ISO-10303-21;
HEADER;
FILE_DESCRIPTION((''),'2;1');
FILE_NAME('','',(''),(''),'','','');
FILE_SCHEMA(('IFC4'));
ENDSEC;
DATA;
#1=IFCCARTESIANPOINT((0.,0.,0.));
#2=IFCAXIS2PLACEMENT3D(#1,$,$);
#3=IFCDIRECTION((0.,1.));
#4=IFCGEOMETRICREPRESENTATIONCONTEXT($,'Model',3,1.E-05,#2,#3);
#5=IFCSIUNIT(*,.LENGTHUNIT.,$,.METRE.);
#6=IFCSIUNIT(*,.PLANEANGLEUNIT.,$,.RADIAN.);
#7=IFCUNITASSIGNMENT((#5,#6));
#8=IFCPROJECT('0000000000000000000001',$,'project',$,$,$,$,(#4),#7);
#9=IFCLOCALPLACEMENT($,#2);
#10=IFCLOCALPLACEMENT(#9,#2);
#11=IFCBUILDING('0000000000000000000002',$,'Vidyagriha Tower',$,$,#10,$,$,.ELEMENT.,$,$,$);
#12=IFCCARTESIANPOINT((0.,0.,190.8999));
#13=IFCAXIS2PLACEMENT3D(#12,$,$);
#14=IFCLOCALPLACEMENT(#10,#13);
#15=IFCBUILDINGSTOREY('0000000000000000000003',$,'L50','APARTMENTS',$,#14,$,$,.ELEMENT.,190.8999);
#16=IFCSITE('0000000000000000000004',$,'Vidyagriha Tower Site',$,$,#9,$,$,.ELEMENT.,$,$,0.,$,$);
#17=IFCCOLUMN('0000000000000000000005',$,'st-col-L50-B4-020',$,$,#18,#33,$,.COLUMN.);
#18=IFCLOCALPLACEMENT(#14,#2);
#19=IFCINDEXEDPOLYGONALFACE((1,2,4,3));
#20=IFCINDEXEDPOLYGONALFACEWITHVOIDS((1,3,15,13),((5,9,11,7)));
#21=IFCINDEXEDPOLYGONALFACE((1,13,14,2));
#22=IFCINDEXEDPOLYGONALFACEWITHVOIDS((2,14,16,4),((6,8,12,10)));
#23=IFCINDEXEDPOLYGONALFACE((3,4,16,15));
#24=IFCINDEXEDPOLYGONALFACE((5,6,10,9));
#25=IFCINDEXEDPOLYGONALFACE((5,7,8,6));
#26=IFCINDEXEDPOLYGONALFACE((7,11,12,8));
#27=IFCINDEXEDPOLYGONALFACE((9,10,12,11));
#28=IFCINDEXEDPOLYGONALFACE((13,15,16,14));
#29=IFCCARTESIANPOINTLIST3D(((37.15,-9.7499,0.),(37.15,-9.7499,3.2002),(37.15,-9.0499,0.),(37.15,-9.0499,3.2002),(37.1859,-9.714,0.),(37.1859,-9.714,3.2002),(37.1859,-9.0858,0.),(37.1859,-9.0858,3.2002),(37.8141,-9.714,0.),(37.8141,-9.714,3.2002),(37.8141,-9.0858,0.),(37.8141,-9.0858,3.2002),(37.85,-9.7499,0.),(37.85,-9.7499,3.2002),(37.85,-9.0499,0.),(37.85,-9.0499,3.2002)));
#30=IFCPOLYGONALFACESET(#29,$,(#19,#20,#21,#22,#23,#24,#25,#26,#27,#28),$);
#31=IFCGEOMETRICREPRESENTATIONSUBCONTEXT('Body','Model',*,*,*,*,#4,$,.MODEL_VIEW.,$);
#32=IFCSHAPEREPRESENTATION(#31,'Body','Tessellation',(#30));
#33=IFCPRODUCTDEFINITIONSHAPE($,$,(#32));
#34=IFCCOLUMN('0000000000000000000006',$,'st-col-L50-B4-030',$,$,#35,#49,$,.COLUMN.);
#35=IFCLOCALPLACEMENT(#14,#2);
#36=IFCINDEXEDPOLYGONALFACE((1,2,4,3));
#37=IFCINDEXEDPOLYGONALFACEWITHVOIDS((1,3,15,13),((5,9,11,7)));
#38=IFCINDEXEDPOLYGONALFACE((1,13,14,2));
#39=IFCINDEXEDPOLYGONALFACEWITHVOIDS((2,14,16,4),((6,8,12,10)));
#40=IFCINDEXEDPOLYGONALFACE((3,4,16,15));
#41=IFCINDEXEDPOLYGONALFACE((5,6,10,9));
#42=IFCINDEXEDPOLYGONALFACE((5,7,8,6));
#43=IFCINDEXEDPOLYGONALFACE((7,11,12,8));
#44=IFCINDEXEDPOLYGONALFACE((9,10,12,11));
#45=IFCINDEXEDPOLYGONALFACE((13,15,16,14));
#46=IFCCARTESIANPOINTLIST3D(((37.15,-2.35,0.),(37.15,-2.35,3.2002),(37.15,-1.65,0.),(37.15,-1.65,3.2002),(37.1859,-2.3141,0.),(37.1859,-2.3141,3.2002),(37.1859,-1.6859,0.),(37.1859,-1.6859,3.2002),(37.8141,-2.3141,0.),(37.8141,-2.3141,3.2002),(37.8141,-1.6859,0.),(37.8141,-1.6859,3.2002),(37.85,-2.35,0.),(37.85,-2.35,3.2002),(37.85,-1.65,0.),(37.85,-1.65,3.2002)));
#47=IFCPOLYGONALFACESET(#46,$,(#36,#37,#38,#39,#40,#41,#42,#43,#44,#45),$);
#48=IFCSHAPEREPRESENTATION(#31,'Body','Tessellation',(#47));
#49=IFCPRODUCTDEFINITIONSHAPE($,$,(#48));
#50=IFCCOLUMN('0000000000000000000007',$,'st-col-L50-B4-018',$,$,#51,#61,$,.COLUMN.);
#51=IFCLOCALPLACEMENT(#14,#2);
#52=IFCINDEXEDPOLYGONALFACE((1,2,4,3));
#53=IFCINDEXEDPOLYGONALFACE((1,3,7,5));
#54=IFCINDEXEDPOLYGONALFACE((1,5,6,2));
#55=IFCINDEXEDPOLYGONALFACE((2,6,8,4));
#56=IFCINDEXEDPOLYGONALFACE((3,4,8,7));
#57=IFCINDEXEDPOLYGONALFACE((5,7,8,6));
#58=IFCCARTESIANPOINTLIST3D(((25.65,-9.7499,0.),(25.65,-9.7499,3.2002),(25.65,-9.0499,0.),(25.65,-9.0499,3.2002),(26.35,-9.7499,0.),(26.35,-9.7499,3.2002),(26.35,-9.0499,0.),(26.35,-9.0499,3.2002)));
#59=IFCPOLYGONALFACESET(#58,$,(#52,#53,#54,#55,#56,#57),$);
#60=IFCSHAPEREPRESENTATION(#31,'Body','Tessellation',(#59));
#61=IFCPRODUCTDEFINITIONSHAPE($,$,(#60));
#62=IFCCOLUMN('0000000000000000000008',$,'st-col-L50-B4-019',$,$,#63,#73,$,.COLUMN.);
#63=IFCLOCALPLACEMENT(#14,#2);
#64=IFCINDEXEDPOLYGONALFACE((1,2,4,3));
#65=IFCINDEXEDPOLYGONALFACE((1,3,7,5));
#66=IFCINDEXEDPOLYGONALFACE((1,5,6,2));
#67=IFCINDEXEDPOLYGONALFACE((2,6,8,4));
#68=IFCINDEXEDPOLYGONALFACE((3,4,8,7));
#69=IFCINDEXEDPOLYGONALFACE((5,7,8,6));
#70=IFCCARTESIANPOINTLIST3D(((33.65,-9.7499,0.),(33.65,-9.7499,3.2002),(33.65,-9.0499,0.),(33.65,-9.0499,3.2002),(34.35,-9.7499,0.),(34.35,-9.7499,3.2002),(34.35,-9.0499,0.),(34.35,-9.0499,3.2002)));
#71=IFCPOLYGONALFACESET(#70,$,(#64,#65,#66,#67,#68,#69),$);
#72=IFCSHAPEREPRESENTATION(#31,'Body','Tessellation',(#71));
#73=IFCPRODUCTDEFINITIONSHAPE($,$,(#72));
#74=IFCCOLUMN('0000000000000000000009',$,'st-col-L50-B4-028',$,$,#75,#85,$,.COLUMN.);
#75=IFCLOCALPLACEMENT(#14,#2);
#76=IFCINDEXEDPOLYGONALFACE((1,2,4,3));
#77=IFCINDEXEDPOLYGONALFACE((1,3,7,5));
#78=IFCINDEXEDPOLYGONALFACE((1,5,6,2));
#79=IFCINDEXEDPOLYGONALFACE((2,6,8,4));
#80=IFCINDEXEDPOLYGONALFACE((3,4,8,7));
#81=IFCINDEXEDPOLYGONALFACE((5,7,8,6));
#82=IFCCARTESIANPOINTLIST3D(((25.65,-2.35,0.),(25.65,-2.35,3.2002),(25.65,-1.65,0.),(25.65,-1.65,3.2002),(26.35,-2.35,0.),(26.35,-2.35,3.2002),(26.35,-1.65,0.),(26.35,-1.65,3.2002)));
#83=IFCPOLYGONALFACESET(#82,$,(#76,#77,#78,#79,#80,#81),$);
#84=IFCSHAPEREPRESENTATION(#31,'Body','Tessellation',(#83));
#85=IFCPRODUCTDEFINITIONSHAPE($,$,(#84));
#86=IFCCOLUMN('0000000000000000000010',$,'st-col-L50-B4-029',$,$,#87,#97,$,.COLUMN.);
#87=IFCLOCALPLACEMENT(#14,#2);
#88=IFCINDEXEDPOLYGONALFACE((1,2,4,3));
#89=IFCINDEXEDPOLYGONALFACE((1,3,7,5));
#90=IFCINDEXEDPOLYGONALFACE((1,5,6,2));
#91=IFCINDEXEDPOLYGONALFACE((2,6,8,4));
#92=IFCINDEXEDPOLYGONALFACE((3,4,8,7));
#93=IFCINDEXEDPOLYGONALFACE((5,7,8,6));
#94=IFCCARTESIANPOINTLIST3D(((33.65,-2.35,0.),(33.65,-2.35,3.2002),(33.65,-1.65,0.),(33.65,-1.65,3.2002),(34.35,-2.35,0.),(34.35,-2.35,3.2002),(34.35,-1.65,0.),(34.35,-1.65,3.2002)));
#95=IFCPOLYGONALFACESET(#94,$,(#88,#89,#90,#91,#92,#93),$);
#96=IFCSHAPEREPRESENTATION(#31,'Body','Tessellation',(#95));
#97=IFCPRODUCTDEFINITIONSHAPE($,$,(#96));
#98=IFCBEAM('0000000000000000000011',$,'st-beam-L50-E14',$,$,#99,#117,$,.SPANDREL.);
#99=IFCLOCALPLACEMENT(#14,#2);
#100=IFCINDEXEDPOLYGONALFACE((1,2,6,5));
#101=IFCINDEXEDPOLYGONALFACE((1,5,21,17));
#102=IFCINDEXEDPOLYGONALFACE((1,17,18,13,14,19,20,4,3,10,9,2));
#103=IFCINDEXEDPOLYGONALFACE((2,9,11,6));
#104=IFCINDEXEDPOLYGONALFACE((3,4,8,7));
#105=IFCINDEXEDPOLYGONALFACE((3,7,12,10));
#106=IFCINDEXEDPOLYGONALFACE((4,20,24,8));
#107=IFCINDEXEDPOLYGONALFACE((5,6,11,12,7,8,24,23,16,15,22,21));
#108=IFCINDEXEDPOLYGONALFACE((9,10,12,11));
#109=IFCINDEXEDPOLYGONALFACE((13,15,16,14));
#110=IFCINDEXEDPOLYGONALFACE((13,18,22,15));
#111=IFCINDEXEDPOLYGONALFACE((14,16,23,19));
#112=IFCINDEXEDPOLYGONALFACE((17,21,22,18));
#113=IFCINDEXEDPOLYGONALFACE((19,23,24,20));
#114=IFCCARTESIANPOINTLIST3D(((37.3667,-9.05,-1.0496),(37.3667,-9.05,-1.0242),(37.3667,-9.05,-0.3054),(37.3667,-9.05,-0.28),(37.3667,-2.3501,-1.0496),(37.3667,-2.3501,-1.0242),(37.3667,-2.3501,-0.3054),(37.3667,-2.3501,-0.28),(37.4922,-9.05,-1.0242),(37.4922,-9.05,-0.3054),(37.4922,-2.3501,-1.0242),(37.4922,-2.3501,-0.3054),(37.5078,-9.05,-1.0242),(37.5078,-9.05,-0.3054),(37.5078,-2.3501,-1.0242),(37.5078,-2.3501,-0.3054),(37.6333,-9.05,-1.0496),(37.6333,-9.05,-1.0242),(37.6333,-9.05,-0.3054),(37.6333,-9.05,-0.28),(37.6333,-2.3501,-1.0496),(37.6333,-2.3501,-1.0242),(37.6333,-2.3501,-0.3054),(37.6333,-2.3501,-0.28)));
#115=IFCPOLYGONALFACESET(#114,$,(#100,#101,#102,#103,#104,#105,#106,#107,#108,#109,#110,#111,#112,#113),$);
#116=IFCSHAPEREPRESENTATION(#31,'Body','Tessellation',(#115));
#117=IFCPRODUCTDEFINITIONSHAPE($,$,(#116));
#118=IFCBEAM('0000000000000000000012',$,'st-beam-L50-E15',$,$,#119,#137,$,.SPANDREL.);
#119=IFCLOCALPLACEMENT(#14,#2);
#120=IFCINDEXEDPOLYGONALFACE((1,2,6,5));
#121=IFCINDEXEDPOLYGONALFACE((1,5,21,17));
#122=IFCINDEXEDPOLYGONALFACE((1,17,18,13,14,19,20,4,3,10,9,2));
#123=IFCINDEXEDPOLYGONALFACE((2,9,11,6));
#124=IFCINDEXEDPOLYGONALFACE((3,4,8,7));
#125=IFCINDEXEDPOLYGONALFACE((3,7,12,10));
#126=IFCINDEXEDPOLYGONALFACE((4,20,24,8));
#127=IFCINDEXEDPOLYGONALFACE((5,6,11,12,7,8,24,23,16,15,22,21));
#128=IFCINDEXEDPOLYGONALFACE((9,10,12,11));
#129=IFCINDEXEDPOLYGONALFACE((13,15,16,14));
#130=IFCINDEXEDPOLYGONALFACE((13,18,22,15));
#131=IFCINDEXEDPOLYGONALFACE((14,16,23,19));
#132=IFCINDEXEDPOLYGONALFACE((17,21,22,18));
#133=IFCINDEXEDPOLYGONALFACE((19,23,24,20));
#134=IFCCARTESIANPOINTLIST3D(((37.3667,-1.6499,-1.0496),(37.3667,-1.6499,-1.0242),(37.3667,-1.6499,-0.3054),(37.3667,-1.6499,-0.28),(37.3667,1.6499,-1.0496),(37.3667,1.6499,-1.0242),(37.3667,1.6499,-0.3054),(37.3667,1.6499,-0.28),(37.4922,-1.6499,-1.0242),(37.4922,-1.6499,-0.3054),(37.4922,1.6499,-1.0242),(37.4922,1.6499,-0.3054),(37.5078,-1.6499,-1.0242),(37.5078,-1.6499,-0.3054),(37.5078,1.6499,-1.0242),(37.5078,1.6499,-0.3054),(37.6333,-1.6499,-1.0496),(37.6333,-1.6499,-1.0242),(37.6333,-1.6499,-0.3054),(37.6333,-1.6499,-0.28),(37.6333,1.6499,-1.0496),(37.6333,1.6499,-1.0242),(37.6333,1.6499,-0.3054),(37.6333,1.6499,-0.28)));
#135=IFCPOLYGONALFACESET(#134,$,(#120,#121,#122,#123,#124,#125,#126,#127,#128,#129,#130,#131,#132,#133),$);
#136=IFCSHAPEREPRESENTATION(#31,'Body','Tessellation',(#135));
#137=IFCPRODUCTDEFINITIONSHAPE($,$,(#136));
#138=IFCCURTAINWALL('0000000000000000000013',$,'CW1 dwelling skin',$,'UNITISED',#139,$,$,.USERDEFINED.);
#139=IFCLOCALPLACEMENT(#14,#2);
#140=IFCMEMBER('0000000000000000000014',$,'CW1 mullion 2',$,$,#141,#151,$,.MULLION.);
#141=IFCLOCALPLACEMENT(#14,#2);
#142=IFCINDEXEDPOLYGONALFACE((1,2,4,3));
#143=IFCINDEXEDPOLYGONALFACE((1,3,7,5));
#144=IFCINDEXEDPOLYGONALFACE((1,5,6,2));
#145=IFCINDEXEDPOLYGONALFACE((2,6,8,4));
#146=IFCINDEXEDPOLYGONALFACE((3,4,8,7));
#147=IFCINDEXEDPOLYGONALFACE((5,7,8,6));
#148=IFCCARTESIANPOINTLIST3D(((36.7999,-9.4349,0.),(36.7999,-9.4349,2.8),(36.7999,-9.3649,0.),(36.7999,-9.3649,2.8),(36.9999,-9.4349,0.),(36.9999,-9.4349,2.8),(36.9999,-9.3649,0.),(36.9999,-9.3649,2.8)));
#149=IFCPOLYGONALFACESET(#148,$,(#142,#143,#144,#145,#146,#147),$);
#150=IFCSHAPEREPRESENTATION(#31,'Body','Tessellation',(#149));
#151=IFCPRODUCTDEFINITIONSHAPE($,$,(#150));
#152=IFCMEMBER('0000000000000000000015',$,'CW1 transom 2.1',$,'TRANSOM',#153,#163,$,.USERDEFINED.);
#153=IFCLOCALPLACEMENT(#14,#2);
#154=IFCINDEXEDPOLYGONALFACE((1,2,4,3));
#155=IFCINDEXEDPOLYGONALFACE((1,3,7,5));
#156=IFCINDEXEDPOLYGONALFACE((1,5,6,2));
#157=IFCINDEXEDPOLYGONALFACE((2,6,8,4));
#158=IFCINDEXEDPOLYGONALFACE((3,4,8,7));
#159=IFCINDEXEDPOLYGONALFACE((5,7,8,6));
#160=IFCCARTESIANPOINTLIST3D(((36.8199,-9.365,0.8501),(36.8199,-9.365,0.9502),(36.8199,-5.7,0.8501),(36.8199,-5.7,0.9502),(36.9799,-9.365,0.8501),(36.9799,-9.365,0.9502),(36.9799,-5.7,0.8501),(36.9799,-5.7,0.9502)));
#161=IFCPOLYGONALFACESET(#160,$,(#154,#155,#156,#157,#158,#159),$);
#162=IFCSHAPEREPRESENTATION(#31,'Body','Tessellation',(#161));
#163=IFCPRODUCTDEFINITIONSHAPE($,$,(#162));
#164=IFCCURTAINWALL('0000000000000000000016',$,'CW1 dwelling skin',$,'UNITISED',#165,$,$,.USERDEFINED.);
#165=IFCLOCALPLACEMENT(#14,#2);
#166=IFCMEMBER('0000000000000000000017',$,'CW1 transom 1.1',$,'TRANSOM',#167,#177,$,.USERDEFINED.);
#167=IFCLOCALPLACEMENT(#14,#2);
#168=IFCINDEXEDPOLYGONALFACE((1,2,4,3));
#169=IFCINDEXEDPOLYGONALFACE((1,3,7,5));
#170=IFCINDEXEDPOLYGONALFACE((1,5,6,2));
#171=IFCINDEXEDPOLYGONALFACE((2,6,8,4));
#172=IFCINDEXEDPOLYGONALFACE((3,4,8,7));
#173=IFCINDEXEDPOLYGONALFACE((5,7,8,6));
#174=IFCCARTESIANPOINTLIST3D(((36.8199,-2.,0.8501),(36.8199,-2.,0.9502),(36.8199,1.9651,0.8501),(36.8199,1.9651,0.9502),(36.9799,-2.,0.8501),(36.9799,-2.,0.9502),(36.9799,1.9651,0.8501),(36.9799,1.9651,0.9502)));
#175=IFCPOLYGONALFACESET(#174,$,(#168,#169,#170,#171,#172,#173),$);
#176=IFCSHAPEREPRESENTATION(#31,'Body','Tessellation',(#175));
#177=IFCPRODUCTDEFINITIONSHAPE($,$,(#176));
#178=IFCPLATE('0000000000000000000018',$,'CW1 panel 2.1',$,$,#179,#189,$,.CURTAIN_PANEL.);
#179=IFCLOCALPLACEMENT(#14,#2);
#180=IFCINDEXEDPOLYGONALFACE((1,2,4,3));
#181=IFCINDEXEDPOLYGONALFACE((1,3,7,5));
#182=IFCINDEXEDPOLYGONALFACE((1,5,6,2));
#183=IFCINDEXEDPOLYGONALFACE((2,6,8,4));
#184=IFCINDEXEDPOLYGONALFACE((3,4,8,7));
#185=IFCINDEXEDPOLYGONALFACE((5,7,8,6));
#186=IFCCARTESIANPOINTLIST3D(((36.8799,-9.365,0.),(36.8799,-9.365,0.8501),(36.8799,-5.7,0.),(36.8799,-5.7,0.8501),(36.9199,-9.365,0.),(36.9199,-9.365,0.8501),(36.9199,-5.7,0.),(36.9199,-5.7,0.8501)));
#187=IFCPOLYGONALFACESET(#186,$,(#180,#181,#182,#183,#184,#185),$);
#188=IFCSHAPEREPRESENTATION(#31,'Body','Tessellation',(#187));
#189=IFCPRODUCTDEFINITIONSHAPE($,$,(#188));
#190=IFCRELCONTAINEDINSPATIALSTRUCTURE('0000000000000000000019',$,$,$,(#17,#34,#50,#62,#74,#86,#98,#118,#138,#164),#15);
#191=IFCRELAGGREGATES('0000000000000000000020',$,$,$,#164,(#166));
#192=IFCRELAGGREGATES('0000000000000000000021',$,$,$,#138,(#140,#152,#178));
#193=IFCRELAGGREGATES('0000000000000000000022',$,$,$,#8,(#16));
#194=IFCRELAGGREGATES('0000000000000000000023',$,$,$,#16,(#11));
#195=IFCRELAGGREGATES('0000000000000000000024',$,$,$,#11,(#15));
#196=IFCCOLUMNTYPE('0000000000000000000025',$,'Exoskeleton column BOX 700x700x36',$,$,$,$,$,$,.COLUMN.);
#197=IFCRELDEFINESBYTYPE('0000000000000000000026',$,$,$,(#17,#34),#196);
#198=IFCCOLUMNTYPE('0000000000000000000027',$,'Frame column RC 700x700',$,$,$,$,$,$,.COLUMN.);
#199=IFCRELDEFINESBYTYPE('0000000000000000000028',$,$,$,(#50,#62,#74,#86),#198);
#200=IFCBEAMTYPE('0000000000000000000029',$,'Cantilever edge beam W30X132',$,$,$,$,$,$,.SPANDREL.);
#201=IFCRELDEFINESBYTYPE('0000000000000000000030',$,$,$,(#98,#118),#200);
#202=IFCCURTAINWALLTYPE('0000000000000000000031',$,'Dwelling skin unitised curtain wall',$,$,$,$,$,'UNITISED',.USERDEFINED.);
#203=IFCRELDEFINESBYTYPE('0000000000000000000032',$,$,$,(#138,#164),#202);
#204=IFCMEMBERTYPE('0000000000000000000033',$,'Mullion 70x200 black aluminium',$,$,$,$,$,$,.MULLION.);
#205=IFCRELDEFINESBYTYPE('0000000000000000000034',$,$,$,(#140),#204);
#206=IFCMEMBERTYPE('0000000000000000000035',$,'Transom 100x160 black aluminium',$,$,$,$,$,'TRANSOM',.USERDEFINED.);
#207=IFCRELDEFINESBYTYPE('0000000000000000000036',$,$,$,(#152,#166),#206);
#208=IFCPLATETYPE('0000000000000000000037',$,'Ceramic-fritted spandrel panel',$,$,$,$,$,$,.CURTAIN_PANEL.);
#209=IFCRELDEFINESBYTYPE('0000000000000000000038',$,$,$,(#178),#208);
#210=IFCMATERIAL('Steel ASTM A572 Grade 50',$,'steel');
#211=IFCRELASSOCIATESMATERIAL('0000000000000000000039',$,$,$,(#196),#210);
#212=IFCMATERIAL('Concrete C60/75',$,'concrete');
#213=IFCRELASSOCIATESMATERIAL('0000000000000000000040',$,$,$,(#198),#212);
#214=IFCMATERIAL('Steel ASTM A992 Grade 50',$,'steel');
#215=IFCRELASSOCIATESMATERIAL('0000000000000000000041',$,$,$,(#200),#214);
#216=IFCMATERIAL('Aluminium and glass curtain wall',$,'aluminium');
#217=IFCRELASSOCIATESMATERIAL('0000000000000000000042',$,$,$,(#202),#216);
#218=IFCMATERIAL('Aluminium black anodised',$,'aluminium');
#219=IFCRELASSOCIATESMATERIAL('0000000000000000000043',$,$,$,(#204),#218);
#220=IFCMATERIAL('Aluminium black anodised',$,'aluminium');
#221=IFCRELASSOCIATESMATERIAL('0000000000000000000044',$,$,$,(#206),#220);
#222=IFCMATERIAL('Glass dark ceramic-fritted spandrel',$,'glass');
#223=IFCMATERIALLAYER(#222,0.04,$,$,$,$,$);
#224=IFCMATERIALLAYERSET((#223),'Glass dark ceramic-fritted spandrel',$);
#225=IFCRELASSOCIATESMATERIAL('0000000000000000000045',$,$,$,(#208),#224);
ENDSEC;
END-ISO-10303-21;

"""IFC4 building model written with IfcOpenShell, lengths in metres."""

from ifc_helpers import new_model, si_unit, direction, frame, origin, origin_2d, place, context, subcontext, project, spatial, rectangle, hollow_rectangle, i_section, extrude, material, layer, layer_set, material_profile, profile_set, type_object, element, aggregate, save


model = new_model("IFC4")

# Units and contexts
model_context = context("Model", 3, precision=1e-05, world=origin(), true_north=direction((0.0, 1.0)))
body_context = subcontext(model_context, "Body", "Model", "MODEL_VIEW")
ifc_project = project(units=[si_unit("LENGTHUNIT", "METRE"), si_unit("PLANEANGLEUNIT", "RADIAN")], contexts=[model_context])

# Site, building, storey
site_placement = place(None, origin())
site = spatial("IfcSite", under=ifc_project, at=site_placement, Name="Vidyagriha Tower Site", CompositionType="ELEMENT", RefElevation=0.0)
building_placement = place(site_placement, origin())
building = spatial("IfcBuilding", under=site, at=building_placement, Name="Vidyagriha Tower", CompositionType="ELEMENT")
storey_placement = place(building_placement, frame((0.0, 0.0, 190.8999)))
storey = spatial("IfcBuildingStorey", under=building, at=storey_placement, Name="L50", Description="APARTMENTS", CompositionType="ELEMENT", Elevation=190.8999)

# Columns
ifc_material_1 = material(Name="Steel ASTM A572 Grade 50", Category="steel")
ifc_material_profile_1 = material_profile(ifc_material_1, hollow_rectangle(XDim=0.7, YDim=0.7, WallThickness=0.0359, at=origin_2d()), Name="BOX 700x700x36")
ifc_profile_set_1 = profile_set([ifc_material_profile_1], Name="Steel ASTM A572 Grade 50")
column_type_1 = type_object("IfcColumnType", Name="Exoskeleton column BOX 700x700x36", PredefinedType="COLUMN", material=ifc_profile_set_1)
for number, where, name in (
    (1, (37.5, -9.3999, 0.0), "st-col-L50-B4-020"),
    (2, (37.5, -2.0, 0.0), "st-col-L50-B4-030"),
):
    element("IfcColumn", number, at=place(storey_placement, frame(where)), inside=storey, type_object=column_type_1, Name=name, PredefinedType="COLUMN", context=body_context, shape_type="SweptSolid", body=[
        extrude(hollow_rectangle(XDim=0.7, YDim=0.7, WallThickness=0.0359, at=origin_2d()), origin(), (0.0, 0.0, 1.0), 3.2002),
    ])
ifc_material_2 = material(Name="Concrete C60/75", Category="concrete")
ifc_material_profile_2 = material_profile(ifc_material_2, rectangle(XDim=0.7, YDim=0.7, at=origin_2d()), Name="RC 700x700")
ifc_profile_set_2 = profile_set([ifc_material_profile_2], Name="Concrete C60/75")
column_type_2 = type_object("IfcColumnType", Name="Frame column RC 700x700", PredefinedType="COLUMN", material=ifc_profile_set_2)
for number, where, name in (
    (3, (26.0, -9.3999, 0.0), "st-col-L50-B4-018"),
    (4, (34.0, -9.3999, 0.0), "st-col-L50-B4-019"),
    (5, (26.0, -2.0, 0.0), "st-col-L50-B4-028"),
    (6, (34.0, -2.0, 0.0), "st-col-L50-B4-029"),
):
    element("IfcColumn", number, at=place(storey_placement, frame(where)), inside=storey, type_object=column_type_2, Name=name, PredefinedType="COLUMN", context=body_context, shape_type="SweptSolid", body=[
        extrude(rectangle(XDim=0.7, YDim=0.7, at=origin_2d()), origin(), (0.0, 0.0, 1.0), 3.2002),
    ])

# Beams
ifc_material_3 = material(Name="Steel ASTM A992 Grade 50", Category="steel")
ifc_material_profile_3 = material_profile(ifc_material_3, i_section(OverallWidth=0.2666, OverallDepth=0.7695, WebThickness=0.0156, FlangeThickness=0.0254, at=origin_2d()), Name="W30X132")
ifc_profile_set_3 = profile_set([ifc_material_profile_3], Name="Steel ASTM A992 Grade 50")
beam_type = type_object("IfcBeamType", Name="Cantilever edge beam W30X132", PredefinedType="SPANDREL", material=ifc_profile_set_3)
beam_1_placement = place(storey_placement, frame((37.5, -9.05, -0.6648), z_axis=(0.0, 1.0, 0.0), x_axis=(-1.0, 0.0, 0.0)))
element("IfcBeam", 7, at=beam_1_placement, inside=storey, type_object=beam_type, Name="st-beam-L50-E14", PredefinedType="SPANDREL", context=body_context, shape_type="SweptSolid", body=[
    extrude(i_section(OverallWidth=0.2666, OverallDepth=0.7695, WebThickness=0.0156, FlangeThickness=0.0254, at=origin_2d()), origin(), (0.0, 0.0, 1.0), 6.7),
])
beam_2_placement = place(storey_placement, frame((37.5, -1.6499, -0.6648), z_axis=(0.0, 1.0, 0.0), x_axis=(-1.0, 0.0, 0.0)))
element("IfcBeam", 8, at=beam_2_placement, inside=storey, type_object=beam_type, Name="st-beam-L50-E15", PredefinedType="SPANDREL", context=body_context, shape_type="SweptSolid", body=[
    extrude(i_section(OverallWidth=0.2666, OverallDepth=0.7695, WebThickness=0.0156, FlangeThickness=0.0254, at=origin_2d()), origin(), (0.0, 0.0, 1.0), 3.2998),
])

# Curtain wall, members
ifc_material_4 = material(Name="Aluminium and glass curtain wall", Category="aluminium")
curtain_wall_type = type_object("IfcCurtainWallType", Name="Dwelling skin unitised curtain wall", ElementType="UNITISED", PredefinedType="USERDEFINED", material=ifc_material_4)
curtain_wall_1_placement = place(storey_placement, origin())
curtain_wall_1 = element("IfcCurtainWall", 9, at=curtain_wall_1_placement, inside=storey, type_object=curtain_wall_type, Name="CW1 dwelling skin", ObjectType="UNITISED", PredefinedType="USERDEFINED")
ifc_material_5 = material(Name="Aluminium black anodised", Category="aluminium")
ifc_material_profile_4 = material_profile(ifc_material_5, rectangle(XDim=0.2, YDim=0.0701, at=origin_2d()), Name="Mullion 70x200 black aluminium")
ifc_profile_set_4 = profile_set([ifc_material_profile_4], Name="Aluminium black anodised")
member_type_1 = type_object("IfcMemberType", Name="Mullion 70x200 black aluminium", PredefinedType="MULLION", material=ifc_profile_set_4)
member_1_placement = place(storey_placement, frame((36.8999, -9.3999, 0.0), z_axis=(0.0, 0.0, 1.0), x_axis=(-1.0, 0.0, 0.0)))
member_1 = element("IfcMember", 10, at=member_1_placement, type_object=member_type_1, Name="CW1 mullion 2", PredefinedType="MULLION", context=body_context, shape_type="SweptSolid", body=[
    extrude(rectangle(XDim=0.2, YDim=0.0701, at=origin_2d()), origin(), (0.0, 0.0, 1.0), 2.8),
])
ifc_material_6 = material(Name="Aluminium black anodised", Category="aluminium")
ifc_material_profile_5 = material_profile(ifc_material_6, rectangle(XDim=0.1599, YDim=0.1001, at=origin_2d()), Name="Transom 100x160 black aluminium")
ifc_profile_set_5 = profile_set([ifc_material_profile_5], Name="Aluminium black anodised")
member_type_2 = type_object("IfcMemberType", Name="Transom 100x160 black aluminium", ElementType="TRANSOM", PredefinedType="USERDEFINED", material=ifc_profile_set_5)
member_2_placement = place(storey_placement, frame((36.8999, -9.365, 0.9001), z_axis=(0.0, 1.0, 0.0), x_axis=(-1.0, 0.0, 0.0)))
member_2 = element("IfcMember", 11, at=member_2_placement, type_object=member_type_2, Name="CW1 transom 2.1", ObjectType="TRANSOM", PredefinedType="USERDEFINED", context=body_context, shape_type="SweptSolid", body=[
    extrude(rectangle(XDim=0.1599, YDim=0.1001, at=origin_2d()), origin(), (0.0, 0.0, 1.0), 3.665),
])

# Curtain wall, member
curtain_wall_2_placement = place(storey_placement, origin())
curtain_wall_2 = element("IfcCurtainWall", 12, at=curtain_wall_2_placement, inside=storey, type_object=curtain_wall_type, Name="CW1 dwelling skin", ObjectType="UNITISED", PredefinedType="USERDEFINED")
member_3_placement = place(storey_placement, frame((36.8999, -2.0, 0.9001), z_axis=(0.0, 1.0, 0.0), x_axis=(-1.0, 0.0, 0.0)))
member_3 = element("IfcMember", 13, at=member_3_placement, type_object=member_type_2, Name="CW1 transom 1.1", ObjectType="TRANSOM", PredefinedType="USERDEFINED", context=body_context, shape_type="SweptSolid", body=[
    extrude(rectangle(XDim=0.1599, YDim=0.1001, at=origin_2d()), origin(), (0.0, 0.0, 1.0), 3.9651),
])
aggregate(curtain_wall_2, [member_3])

# Plate
ifc_material_7 = material(Name="Glass dark ceramic-fritted spandrel", Category="glass")
ifc_layer_1 = layer(ifc_material_7, 0.04)
ifc_layer_set_1 = layer_set([ifc_layer_1], Name="Glass dark ceramic-fritted spandrel")
plate_type_1 = type_object("IfcPlateType", Name="Ceramic-fritted spandrel panel", PredefinedType="CURTAIN_PANEL", material=ifc_layer_set_1)
plate_1_placement = place(storey_placement, frame((36.8999, -7.5325, 0.0), z_axis=(0.0, 0.0, 1.0), x_axis=(0.0, 1.0, 0.0)))
plate_1 = element("IfcPlate", 14, at=plate_1_placement, type_object=plate_type_1, Name="CW1 panel 2.1", PredefinedType="CURTAIN_PANEL", context=body_context, shape_type="SweptSolid", body=[
    extrude(rectangle(XDim=3.665, YDim=0.04, at=origin_2d()), origin(), (0.0, 0.0, 1.0), 0.8501),
])
aggregate(curtain_wall_1, [member_1, member_2, plate_1])

save(model, "model.ifc")
